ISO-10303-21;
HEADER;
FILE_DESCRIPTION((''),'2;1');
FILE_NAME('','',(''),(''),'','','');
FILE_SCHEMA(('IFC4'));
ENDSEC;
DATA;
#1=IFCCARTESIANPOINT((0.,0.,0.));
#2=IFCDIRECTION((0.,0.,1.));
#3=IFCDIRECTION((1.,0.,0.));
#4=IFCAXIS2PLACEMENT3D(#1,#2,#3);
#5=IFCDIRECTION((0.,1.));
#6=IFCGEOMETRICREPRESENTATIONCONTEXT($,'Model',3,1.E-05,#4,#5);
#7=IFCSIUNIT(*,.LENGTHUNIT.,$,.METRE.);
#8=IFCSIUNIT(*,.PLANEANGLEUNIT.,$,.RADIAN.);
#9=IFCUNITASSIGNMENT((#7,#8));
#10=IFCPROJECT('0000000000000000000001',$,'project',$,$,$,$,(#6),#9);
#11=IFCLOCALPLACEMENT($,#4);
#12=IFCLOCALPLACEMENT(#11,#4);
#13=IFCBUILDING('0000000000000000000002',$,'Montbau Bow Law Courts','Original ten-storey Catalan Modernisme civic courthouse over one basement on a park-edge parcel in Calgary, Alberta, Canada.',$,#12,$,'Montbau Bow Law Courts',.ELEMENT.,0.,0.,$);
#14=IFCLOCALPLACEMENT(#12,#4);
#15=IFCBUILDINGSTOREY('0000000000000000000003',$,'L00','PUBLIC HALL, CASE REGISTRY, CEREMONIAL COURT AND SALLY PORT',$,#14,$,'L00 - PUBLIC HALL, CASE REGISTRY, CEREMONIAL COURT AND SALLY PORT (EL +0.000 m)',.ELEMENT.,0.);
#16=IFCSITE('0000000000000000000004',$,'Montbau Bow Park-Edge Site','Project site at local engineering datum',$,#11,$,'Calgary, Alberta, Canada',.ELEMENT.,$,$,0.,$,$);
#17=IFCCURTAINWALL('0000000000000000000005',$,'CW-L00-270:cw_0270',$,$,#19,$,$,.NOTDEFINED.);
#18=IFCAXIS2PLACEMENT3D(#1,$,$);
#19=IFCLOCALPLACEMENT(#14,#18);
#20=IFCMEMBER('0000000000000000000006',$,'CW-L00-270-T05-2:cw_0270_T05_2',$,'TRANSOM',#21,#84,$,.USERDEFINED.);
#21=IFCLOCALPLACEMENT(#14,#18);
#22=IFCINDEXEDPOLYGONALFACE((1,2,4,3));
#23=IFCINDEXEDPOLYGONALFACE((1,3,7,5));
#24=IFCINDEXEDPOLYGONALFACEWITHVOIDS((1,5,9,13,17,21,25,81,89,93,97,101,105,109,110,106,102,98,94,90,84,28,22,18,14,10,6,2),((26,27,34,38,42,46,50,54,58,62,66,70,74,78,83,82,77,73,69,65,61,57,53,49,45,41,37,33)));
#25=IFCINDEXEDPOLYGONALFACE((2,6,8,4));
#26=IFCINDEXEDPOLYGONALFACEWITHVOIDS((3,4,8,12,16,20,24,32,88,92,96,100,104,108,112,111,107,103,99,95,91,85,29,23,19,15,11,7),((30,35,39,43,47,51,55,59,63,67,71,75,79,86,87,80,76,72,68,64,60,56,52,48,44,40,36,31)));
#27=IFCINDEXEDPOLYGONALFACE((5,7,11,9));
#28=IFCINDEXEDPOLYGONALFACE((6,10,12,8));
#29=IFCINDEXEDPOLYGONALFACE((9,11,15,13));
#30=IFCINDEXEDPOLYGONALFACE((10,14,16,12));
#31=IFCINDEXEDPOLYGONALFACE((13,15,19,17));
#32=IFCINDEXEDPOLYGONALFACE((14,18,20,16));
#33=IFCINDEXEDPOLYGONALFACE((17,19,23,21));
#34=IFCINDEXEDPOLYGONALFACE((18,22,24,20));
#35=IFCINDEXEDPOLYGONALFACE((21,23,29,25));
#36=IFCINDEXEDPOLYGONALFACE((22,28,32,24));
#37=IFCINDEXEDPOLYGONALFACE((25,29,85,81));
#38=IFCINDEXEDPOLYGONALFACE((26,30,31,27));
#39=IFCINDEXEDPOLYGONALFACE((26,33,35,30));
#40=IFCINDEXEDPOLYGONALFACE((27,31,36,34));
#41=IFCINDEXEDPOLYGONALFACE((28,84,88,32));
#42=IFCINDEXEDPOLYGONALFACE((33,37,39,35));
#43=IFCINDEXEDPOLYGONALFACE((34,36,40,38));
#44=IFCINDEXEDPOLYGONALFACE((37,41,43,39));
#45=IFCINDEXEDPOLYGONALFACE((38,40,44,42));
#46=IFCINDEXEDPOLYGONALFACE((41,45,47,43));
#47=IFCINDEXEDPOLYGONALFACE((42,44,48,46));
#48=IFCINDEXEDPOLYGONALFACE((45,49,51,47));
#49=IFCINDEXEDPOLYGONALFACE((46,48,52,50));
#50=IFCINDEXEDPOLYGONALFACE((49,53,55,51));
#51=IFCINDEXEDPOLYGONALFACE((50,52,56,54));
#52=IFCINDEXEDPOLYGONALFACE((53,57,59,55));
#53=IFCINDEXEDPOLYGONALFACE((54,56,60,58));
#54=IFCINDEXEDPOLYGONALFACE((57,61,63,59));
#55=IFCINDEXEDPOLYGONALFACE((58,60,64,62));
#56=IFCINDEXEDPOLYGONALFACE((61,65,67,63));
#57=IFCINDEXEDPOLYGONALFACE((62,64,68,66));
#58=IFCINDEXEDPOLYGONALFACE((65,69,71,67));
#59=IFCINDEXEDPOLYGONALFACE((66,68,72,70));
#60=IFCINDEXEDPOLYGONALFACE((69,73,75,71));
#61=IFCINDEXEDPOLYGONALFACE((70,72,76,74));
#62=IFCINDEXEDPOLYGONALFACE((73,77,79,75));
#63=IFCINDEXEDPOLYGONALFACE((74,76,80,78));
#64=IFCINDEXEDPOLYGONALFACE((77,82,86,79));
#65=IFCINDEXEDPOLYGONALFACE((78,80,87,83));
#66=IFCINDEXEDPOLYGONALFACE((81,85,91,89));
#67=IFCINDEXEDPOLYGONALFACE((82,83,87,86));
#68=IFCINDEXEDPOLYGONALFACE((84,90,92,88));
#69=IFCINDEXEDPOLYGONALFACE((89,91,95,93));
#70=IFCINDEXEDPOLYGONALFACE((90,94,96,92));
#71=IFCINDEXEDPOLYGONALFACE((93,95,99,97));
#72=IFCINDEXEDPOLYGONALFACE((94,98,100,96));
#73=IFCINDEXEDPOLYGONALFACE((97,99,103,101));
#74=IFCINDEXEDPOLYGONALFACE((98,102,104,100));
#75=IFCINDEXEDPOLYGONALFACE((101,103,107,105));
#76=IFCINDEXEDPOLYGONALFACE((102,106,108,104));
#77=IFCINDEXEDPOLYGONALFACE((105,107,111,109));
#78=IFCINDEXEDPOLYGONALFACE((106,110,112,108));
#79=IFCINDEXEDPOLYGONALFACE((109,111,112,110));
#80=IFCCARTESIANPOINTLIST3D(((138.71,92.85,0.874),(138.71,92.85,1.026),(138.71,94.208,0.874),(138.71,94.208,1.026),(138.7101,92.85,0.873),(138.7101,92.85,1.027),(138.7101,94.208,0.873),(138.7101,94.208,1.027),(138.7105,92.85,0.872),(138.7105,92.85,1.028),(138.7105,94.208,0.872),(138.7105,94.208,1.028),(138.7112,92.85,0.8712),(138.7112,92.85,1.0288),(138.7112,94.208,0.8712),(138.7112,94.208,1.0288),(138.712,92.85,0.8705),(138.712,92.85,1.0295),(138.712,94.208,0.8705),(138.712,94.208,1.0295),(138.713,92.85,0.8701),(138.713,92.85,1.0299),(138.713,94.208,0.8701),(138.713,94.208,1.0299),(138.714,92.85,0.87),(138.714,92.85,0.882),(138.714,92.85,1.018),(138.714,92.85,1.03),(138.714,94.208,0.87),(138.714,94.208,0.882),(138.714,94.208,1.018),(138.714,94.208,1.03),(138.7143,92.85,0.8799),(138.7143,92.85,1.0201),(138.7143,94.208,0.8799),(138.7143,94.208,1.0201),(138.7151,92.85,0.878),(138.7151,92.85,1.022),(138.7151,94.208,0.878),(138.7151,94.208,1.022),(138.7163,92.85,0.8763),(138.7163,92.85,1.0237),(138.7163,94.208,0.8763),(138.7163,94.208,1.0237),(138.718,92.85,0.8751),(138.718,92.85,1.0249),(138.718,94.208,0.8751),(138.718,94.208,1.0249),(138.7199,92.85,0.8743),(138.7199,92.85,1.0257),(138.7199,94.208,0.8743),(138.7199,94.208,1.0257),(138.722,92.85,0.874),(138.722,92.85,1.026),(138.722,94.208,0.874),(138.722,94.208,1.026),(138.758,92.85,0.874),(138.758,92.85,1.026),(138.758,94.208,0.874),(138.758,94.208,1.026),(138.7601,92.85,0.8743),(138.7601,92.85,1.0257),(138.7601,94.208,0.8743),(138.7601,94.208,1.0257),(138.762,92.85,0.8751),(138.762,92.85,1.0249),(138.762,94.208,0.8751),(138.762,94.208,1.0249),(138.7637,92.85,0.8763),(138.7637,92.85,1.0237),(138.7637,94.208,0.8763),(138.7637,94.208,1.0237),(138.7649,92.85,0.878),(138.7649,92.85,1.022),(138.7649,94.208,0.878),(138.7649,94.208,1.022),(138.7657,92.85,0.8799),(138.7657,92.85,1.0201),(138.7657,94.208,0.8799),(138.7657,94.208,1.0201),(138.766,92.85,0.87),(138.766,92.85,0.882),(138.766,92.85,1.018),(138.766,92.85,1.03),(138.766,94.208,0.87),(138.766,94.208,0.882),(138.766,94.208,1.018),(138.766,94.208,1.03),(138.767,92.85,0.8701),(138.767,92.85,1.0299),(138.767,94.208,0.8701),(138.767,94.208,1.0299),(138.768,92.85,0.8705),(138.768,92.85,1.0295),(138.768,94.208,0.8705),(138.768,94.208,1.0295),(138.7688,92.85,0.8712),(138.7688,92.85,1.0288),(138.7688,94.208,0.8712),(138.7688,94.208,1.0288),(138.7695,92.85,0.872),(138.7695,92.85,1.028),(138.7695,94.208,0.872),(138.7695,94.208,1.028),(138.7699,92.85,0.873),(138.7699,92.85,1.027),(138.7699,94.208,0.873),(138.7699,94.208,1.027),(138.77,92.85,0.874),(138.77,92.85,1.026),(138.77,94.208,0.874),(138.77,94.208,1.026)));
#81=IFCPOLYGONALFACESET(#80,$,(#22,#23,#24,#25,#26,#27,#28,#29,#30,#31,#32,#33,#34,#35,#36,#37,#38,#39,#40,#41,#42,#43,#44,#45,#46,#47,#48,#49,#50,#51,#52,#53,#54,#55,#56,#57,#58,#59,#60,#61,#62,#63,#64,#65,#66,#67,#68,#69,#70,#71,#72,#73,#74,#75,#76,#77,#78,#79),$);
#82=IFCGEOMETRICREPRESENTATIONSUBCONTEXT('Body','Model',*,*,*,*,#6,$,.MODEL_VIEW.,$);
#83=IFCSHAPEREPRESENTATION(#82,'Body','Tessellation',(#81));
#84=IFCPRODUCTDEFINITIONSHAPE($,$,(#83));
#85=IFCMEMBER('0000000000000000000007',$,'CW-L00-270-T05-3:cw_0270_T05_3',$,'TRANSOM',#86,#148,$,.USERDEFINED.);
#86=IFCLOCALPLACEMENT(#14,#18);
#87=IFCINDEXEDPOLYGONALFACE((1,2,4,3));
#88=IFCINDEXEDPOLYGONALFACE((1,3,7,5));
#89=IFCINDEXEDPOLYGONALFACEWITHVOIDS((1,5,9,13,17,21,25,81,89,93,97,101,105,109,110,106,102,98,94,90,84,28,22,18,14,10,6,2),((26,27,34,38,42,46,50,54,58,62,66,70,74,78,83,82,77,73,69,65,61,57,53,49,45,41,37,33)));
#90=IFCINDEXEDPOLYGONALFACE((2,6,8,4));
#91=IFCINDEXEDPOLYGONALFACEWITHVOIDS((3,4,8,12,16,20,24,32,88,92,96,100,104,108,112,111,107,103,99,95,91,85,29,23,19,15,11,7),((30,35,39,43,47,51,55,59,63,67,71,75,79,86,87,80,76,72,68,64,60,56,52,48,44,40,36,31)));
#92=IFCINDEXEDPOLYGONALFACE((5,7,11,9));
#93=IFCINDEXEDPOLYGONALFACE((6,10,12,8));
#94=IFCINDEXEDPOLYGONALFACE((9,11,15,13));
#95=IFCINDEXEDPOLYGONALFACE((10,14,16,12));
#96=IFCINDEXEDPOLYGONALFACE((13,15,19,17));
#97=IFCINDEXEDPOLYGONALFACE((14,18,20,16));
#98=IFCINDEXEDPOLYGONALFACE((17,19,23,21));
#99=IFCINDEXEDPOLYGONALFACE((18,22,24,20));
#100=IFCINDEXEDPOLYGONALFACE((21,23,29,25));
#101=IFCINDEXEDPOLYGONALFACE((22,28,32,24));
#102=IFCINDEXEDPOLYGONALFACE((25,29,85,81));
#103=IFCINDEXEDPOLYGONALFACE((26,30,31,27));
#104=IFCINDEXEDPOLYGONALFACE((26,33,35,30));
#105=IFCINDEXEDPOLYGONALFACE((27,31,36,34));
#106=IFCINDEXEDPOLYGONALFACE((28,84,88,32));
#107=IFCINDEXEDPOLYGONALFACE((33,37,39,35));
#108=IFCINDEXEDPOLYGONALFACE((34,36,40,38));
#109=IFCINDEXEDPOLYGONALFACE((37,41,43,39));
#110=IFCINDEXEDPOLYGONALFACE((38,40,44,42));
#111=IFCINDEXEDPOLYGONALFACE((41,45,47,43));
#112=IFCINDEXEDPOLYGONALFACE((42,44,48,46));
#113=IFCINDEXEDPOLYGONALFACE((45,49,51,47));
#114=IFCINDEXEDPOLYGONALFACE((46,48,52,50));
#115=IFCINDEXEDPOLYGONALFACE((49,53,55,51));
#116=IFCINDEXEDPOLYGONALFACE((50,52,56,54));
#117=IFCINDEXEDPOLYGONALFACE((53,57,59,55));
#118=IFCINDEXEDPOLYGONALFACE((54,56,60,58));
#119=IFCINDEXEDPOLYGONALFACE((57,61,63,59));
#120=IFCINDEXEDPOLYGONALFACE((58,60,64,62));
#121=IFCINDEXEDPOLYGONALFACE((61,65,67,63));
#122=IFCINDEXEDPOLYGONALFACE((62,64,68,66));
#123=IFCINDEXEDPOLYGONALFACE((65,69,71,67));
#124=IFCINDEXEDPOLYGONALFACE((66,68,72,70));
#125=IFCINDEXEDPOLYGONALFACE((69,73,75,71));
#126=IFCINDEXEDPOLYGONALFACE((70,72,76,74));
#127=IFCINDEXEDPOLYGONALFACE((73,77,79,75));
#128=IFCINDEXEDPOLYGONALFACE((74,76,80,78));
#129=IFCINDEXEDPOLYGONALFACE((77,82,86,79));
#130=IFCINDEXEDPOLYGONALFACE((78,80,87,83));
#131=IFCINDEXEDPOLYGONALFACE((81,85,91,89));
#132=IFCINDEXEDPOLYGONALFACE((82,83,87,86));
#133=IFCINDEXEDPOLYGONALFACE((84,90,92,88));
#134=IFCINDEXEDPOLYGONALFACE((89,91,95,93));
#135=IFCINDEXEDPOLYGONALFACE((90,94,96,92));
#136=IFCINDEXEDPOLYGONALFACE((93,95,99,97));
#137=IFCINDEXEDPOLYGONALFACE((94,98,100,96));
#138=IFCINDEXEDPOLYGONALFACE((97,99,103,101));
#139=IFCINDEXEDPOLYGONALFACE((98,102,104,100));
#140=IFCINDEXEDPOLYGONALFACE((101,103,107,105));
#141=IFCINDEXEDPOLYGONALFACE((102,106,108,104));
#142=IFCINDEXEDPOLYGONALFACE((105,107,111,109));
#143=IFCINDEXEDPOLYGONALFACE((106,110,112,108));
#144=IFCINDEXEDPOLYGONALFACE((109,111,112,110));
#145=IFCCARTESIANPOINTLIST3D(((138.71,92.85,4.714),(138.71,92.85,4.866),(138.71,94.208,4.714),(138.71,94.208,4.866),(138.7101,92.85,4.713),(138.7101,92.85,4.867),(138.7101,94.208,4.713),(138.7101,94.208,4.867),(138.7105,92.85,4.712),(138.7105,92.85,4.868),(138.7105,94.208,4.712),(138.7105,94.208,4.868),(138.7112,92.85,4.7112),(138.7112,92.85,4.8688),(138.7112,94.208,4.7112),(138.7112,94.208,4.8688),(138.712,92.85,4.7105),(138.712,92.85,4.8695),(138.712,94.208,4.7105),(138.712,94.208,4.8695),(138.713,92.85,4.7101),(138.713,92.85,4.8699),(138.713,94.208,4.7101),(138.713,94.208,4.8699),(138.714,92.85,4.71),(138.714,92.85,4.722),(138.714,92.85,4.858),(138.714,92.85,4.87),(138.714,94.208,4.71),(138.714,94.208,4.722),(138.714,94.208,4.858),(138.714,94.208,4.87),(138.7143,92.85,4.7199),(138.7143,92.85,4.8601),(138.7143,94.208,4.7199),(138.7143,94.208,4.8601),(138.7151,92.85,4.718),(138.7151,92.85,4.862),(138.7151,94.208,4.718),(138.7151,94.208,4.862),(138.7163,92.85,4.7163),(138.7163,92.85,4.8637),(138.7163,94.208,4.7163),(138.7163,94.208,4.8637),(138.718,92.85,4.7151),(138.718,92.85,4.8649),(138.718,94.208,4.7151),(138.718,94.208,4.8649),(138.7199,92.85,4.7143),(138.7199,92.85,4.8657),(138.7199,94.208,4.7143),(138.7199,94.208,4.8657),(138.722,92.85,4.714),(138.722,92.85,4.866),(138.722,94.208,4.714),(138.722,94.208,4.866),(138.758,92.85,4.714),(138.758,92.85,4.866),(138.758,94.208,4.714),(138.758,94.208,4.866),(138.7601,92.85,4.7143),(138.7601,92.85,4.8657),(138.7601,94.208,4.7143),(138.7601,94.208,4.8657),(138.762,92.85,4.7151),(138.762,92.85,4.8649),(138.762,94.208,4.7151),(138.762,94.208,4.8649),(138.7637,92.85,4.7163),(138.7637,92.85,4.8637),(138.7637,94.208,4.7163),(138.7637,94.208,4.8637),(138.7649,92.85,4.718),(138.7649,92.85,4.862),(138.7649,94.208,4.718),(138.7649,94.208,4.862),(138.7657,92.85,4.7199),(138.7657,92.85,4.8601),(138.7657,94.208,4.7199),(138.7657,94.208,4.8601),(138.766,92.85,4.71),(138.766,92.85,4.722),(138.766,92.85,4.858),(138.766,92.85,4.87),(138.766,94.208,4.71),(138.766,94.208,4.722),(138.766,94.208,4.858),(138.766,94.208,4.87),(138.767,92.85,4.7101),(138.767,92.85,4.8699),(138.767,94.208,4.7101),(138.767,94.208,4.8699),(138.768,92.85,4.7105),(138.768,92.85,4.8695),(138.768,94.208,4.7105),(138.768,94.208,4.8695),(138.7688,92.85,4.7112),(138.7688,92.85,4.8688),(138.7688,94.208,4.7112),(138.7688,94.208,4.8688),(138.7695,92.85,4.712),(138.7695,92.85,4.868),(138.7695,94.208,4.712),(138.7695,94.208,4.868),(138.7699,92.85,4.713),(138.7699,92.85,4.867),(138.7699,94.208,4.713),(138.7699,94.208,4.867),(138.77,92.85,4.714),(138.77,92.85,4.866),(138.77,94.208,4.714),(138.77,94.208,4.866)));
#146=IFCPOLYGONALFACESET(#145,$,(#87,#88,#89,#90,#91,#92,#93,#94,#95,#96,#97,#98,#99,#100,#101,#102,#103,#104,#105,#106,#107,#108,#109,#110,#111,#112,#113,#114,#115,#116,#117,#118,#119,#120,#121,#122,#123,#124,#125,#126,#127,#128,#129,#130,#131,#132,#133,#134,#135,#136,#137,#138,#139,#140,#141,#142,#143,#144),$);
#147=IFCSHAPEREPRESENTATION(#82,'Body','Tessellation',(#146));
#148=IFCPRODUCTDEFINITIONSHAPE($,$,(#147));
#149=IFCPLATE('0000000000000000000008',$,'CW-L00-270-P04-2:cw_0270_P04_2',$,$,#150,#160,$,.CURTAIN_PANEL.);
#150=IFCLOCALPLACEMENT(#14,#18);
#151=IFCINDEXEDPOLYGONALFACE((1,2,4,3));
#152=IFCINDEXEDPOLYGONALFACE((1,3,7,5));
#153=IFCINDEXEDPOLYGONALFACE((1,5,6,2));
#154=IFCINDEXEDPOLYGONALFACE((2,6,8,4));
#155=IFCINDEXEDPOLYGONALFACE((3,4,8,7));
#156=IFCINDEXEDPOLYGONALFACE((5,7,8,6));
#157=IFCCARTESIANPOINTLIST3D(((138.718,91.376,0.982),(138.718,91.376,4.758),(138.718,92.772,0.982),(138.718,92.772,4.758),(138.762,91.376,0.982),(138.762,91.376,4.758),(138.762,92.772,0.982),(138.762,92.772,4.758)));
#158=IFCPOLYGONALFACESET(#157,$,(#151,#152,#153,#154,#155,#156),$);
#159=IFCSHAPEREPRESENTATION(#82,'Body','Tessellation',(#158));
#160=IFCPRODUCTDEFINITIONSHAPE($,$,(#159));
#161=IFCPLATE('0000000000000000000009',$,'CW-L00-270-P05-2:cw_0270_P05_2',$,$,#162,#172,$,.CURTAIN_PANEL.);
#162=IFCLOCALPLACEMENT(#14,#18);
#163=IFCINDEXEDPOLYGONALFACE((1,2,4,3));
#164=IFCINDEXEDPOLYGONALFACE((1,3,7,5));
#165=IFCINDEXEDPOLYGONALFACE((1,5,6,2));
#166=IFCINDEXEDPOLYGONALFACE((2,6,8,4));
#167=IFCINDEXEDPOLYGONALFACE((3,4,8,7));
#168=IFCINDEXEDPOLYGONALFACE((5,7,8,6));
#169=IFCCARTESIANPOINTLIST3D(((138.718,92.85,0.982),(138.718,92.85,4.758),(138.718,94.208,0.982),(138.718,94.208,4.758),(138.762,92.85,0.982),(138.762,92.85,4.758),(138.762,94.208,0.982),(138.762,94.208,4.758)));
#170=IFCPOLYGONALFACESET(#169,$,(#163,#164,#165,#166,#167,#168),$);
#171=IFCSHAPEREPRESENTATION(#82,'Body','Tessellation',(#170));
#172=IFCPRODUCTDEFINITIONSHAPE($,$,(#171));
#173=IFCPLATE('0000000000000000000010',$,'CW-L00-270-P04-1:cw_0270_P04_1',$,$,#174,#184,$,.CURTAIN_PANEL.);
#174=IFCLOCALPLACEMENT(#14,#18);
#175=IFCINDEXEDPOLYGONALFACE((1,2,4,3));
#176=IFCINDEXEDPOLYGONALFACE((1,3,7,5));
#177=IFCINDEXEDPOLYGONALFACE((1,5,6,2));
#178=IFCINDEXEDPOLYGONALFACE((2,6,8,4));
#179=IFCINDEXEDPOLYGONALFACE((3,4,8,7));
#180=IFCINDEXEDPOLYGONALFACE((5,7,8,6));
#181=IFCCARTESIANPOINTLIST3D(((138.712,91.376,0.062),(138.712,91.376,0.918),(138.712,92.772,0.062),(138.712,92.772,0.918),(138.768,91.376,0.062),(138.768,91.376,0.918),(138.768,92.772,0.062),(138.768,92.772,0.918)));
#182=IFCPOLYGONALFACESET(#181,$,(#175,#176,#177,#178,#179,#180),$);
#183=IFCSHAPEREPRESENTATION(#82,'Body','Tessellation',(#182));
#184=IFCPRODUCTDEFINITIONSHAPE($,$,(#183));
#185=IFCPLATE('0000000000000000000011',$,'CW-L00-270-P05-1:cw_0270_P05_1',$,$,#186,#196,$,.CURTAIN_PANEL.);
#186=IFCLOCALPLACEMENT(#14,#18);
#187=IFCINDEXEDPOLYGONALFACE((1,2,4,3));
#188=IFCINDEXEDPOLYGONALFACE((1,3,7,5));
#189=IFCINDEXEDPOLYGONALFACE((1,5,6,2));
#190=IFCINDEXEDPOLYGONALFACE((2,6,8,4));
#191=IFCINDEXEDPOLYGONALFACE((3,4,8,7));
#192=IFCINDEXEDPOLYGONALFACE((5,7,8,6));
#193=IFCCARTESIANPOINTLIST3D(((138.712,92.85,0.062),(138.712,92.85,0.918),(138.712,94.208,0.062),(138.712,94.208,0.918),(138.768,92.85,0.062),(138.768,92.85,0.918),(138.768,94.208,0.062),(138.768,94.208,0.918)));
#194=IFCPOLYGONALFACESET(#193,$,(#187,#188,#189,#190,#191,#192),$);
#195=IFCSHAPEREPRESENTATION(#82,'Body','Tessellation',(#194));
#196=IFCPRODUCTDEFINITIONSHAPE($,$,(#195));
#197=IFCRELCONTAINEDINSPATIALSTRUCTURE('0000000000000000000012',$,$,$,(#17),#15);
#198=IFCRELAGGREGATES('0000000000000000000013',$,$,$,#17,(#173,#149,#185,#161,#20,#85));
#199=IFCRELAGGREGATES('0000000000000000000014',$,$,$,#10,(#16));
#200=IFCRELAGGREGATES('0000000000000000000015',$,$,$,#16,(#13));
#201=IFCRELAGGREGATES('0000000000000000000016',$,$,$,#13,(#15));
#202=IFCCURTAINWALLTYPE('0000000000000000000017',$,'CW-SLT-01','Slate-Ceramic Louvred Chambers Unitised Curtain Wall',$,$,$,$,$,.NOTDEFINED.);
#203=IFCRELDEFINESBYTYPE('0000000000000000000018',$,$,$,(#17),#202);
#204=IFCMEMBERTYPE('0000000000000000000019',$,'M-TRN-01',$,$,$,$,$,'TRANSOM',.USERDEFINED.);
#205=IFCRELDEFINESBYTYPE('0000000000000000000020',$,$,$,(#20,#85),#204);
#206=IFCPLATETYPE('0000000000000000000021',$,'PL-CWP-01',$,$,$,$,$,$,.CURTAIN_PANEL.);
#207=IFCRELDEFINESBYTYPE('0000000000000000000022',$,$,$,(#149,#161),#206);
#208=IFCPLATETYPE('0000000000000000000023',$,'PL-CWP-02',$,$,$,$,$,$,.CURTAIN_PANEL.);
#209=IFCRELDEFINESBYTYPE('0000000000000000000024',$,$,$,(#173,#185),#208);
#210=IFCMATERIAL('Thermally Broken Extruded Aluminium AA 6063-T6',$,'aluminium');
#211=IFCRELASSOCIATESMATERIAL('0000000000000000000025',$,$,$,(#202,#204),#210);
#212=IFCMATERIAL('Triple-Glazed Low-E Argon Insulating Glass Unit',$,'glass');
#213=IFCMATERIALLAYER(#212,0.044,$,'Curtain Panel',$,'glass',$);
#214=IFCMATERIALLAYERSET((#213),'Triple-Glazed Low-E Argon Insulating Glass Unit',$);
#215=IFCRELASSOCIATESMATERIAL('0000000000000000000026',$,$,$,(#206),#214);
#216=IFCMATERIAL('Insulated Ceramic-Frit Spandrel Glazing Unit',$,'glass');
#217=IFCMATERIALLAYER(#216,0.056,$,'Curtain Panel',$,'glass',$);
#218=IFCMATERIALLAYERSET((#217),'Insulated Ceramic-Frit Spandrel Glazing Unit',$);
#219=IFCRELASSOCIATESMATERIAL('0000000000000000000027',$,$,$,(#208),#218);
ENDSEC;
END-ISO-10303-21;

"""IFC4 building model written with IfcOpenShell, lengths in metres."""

from ifc_helpers import new_model, si_unit, direction, frame, frame_2d, origin_with_axes, origin_2d_with_axis, place, context, subcontext, project, spatial, rectangle, hollow_rectangle, extrude, material, layer, layer_set, material_profile, profile_set, type_object, element, aggregate, save


model = new_model("IFC4")

# Units and contexts
model_context = context("Model", 3, precision=1e-05, world=origin_with_axes(), true_north=direction((0.0, 1.0)))
body_context = subcontext(model_context, "Body", "Model", "MODEL_VIEW")
ifc_project = project(units=[si_unit("LENGTHUNIT", "METRE"), si_unit("PLANEANGLEUNIT", "RADIAN")], contexts=[model_context])

# Site, building, storey
site_placement = place(None, origin_with_axes())
site = spatial("IfcSite", under=ifc_project, at=site_placement, Name="Montbau Bow Park-Edge Site", Description="Project site at local engineering datum", LongName="Calgary, Alberta, Canada", CompositionType="ELEMENT", RefElevation=0.0)
building_placement = place(site_placement, origin_with_axes())
building = spatial("IfcBuilding", under=site, at=building_placement, Name="Montbau Bow Law Courts", Description="Original ten-storey Catalan Modernisme civic courthouse over one basement on a park-edge parcel in Calgary, Alberta, Canada.", LongName="Montbau Bow Law Courts", CompositionType="ELEMENT", ElevationOfRefHeight=0.0, ElevationOfTerrain=0.0)
storey_placement = place(building_placement, origin_with_axes())
storey = spatial("IfcBuildingStorey", under=building, at=storey_placement, Name="L00", Description="PUBLIC HALL, CASE REGISTRY, CEREMONIAL COURT AND SALLY PORT", LongName="L00 - PUBLIC HALL, CASE REGISTRY, CEREMONIAL COURT AND SALLY PORT (EL +0.000 m)", CompositionType="ELEMENT", Elevation=0.0)

# Curtain wall, members, plates
ifc_material_1 = material(Name="Thermally Broken Extruded Aluminium AA 6063-T6", Category="aluminium")
curtain_wall_type = type_object("IfcCurtainWallType", Name="CW-SLT-01", Description="Slate-Ceramic Louvred Chambers Unitised Curtain Wall", PredefinedType="NOTDEFINED", material=ifc_material_1)
curtain_wall_placement = place(None, frame((138.74, 86.915, 0.0), z_axis=(0.0, 0.0, 1.0), x_axis=(1.0, 0.0, 0.0)))
curtain_wall = element("IfcCurtainWall", 1, at=curtain_wall_placement, inside=storey, type_object=curtain_wall_type, Name="CW-L00-270:cw_0270", PredefinedType="NOTDEFINED")
ifc_material_profile_1 = material_profile(ifc_material_1, hollow_rectangle(XDim=0.06, YDim=0.16, WallThickness=0.004, InnerFilletRadius=0.008, OuterFilletRadius=0.004, at=origin_2d_with_axis()), Name="CWT-160X60", Category="Main", Priority=0)
ifc_profile_set_1 = profile_set([ifc_material_profile_1], Name="Thermally Broken Extruded Aluminium AA 6063-T6")
member_type_1 = type_object("IfcMemberType", Name="M-TRN-01", ElementType="TRANSOM", PredefinedType="USERDEFINED", material=ifc_profile_set_1)
member_1_placement = place(None, frame((138.74, 92.85, 0.95), z_axis=(0.0, 1.0, 0.0), x_axis=(-1.0, 0.0, 0.0)))
member_1 = element("IfcMember", 2, at=member_1_placement, type_object=member_type_1, Name="CW-L00-270-T05-2:cw_0270_T05_2", ObjectType="TRANSOM", PredefinedType="USERDEFINED", context=body_context, shape_type="SweptSolid", body=[
    extrude(hollow_rectangle(XDim=0.06, YDim=0.16, WallThickness=0.004, InnerFilletRadius=0.008, OuterFilletRadius=0.004, at=origin_2d_with_axis()), origin_with_axes(), (0.0, 0.0, 1.0), 1.358),
])
member_2_placement = place(None, frame((138.74, 92.85, 4.79), z_axis=(0.0, 1.0, 0.0), x_axis=(-1.0, 0.0, 0.0)))
member_2 = element("IfcMember", 3, at=member_2_placement, type_object=member_type_1, Name="CW-L00-270-T05-3:cw_0270_T05_3", ObjectType="TRANSOM", PredefinedType="USERDEFINED", context=body_context, shape_type="SweptSolid", body=[
    extrude(hollow_rectangle(XDim=0.06, YDim=0.16, WallThickness=0.004, InnerFilletRadius=0.008, OuterFilletRadius=0.004, at=origin_2d_with_axis()), origin_with_axes(), (0.0, 0.0, 1.0), 1.358),
])
ifc_material_2 = material(Name="Triple-Glazed Low-E Argon Insulating Glass Unit", Category="glass")
ifc_layer_1 = layer(ifc_material_2, 0.044, Name="Curtain Panel", Category="glass")
ifc_layer_set_1 = layer_set([ifc_layer_1], Name="Triple-Glazed Low-E Argon Insulating Glass Unit")
plate_type_1 = type_object("IfcPlateType", Name="PL-CWP-01", PredefinedType="CURTAIN_PANEL", material=ifc_layer_set_1)
plate_1_placement = place(None, frame((138.74, 91.376, 0.982), z_axis=(1.0, 0.0, 0.0), x_axis=(0.0, 1.0, 0.0)))
plate_1 = element("IfcPlate", 4, at=plate_1_placement, type_object=plate_type_1, Name="CW-L00-270-P04-2:cw_0270_P04_2", PredefinedType="CURTAIN_PANEL", context=body_context, shape_type="SweptSolid", body=[
    extrude(rectangle(XDim=1.396, YDim=3.776, at=frame_2d((0.698, 1.888), x_axis=(1.0, 0.0))), frame((0.0, 0.0, -0.022), z_axis=(0.0, 0.0, 1.0), x_axis=(1.0, 0.0, 0.0)), (0.0, 0.0, 1.0), 0.044),
])
plate_2_placement = place(None, frame((138.74, 92.85, 0.982), z_axis=(1.0, 0.0, 0.0), x_axis=(0.0, 1.0, 0.0)))
plate_2 = element("IfcPlate", 5, at=plate_2_placement, type_object=plate_type_1, Name="CW-L00-270-P05-2:cw_0270_P05_2", PredefinedType="CURTAIN_PANEL", context=body_context, shape_type="SweptSolid", body=[
    extrude(rectangle(XDim=1.358, YDim=3.776, at=frame_2d((0.679, 1.888), x_axis=(1.0, 0.0))), frame((0.0, 0.0, -0.022), z_axis=(0.0, 0.0, 1.0), x_axis=(1.0, 0.0, 0.0)), (0.0, 0.0, 1.0), 0.044),
])
ifc_material_3 = material(Name="Insulated Ceramic-Frit Spandrel Glazing Unit", Category="glass")
ifc_layer_2 = layer(ifc_material_3, 0.056, Name="Curtain Panel", Category="glass")
ifc_layer_set_2 = layer_set([ifc_layer_2], Name="Insulated Ceramic-Frit Spandrel Glazing Unit")
plate_type_2 = type_object("IfcPlateType", Name="PL-CWP-02", PredefinedType="CURTAIN_PANEL", material=ifc_layer_set_2)
plate_3_placement = place(None, frame((138.74, 91.376, 0.062), z_axis=(1.0, 0.0, 0.0), x_axis=(0.0, 1.0, 0.0)))
plate_3 = element("IfcPlate", 6, at=plate_3_placement, type_object=plate_type_2, Name="CW-L00-270-P04-1:cw_0270_P04_1", PredefinedType="CURTAIN_PANEL", context=body_context, shape_type="SweptSolid", body=[
    extrude(rectangle(XDim=1.396, YDim=0.856, at=frame_2d((0.698, 0.428), x_axis=(1.0, 0.0))), frame((0.0, 0.0, -0.028), z_axis=(0.0, 0.0, 1.0), x_axis=(1.0, 0.0, 0.0)), (0.0, 0.0, 1.0), 0.056),
])
plate_4_placement = place(None, frame((138.74, 92.85, 0.062), z_axis=(1.0, 0.0, 0.0), x_axis=(0.0, 1.0, 0.0)))
plate_4 = element("IfcPlate", 7, at=plate_4_placement, type_object=plate_type_2, Name="CW-L00-270-P05-1:cw_0270_P05_1", PredefinedType="CURTAIN_PANEL", context=body_context, shape_type="SweptSolid", body=[
    extrude(rectangle(XDim=1.358, YDim=0.856, at=frame_2d((0.679, 0.428), x_axis=(1.0, 0.0))), frame((0.0, 0.0, -0.028), z_axis=(0.0, 0.0, 1.0), x_axis=(1.0, 0.0, 0.0)), (0.0, 0.0, 1.0), 0.056),
])
aggregate(curtain_wall, [plate_3, plate_1, plate_4, plate_2, member_1, member_2])

save(model, "model.ifc")
